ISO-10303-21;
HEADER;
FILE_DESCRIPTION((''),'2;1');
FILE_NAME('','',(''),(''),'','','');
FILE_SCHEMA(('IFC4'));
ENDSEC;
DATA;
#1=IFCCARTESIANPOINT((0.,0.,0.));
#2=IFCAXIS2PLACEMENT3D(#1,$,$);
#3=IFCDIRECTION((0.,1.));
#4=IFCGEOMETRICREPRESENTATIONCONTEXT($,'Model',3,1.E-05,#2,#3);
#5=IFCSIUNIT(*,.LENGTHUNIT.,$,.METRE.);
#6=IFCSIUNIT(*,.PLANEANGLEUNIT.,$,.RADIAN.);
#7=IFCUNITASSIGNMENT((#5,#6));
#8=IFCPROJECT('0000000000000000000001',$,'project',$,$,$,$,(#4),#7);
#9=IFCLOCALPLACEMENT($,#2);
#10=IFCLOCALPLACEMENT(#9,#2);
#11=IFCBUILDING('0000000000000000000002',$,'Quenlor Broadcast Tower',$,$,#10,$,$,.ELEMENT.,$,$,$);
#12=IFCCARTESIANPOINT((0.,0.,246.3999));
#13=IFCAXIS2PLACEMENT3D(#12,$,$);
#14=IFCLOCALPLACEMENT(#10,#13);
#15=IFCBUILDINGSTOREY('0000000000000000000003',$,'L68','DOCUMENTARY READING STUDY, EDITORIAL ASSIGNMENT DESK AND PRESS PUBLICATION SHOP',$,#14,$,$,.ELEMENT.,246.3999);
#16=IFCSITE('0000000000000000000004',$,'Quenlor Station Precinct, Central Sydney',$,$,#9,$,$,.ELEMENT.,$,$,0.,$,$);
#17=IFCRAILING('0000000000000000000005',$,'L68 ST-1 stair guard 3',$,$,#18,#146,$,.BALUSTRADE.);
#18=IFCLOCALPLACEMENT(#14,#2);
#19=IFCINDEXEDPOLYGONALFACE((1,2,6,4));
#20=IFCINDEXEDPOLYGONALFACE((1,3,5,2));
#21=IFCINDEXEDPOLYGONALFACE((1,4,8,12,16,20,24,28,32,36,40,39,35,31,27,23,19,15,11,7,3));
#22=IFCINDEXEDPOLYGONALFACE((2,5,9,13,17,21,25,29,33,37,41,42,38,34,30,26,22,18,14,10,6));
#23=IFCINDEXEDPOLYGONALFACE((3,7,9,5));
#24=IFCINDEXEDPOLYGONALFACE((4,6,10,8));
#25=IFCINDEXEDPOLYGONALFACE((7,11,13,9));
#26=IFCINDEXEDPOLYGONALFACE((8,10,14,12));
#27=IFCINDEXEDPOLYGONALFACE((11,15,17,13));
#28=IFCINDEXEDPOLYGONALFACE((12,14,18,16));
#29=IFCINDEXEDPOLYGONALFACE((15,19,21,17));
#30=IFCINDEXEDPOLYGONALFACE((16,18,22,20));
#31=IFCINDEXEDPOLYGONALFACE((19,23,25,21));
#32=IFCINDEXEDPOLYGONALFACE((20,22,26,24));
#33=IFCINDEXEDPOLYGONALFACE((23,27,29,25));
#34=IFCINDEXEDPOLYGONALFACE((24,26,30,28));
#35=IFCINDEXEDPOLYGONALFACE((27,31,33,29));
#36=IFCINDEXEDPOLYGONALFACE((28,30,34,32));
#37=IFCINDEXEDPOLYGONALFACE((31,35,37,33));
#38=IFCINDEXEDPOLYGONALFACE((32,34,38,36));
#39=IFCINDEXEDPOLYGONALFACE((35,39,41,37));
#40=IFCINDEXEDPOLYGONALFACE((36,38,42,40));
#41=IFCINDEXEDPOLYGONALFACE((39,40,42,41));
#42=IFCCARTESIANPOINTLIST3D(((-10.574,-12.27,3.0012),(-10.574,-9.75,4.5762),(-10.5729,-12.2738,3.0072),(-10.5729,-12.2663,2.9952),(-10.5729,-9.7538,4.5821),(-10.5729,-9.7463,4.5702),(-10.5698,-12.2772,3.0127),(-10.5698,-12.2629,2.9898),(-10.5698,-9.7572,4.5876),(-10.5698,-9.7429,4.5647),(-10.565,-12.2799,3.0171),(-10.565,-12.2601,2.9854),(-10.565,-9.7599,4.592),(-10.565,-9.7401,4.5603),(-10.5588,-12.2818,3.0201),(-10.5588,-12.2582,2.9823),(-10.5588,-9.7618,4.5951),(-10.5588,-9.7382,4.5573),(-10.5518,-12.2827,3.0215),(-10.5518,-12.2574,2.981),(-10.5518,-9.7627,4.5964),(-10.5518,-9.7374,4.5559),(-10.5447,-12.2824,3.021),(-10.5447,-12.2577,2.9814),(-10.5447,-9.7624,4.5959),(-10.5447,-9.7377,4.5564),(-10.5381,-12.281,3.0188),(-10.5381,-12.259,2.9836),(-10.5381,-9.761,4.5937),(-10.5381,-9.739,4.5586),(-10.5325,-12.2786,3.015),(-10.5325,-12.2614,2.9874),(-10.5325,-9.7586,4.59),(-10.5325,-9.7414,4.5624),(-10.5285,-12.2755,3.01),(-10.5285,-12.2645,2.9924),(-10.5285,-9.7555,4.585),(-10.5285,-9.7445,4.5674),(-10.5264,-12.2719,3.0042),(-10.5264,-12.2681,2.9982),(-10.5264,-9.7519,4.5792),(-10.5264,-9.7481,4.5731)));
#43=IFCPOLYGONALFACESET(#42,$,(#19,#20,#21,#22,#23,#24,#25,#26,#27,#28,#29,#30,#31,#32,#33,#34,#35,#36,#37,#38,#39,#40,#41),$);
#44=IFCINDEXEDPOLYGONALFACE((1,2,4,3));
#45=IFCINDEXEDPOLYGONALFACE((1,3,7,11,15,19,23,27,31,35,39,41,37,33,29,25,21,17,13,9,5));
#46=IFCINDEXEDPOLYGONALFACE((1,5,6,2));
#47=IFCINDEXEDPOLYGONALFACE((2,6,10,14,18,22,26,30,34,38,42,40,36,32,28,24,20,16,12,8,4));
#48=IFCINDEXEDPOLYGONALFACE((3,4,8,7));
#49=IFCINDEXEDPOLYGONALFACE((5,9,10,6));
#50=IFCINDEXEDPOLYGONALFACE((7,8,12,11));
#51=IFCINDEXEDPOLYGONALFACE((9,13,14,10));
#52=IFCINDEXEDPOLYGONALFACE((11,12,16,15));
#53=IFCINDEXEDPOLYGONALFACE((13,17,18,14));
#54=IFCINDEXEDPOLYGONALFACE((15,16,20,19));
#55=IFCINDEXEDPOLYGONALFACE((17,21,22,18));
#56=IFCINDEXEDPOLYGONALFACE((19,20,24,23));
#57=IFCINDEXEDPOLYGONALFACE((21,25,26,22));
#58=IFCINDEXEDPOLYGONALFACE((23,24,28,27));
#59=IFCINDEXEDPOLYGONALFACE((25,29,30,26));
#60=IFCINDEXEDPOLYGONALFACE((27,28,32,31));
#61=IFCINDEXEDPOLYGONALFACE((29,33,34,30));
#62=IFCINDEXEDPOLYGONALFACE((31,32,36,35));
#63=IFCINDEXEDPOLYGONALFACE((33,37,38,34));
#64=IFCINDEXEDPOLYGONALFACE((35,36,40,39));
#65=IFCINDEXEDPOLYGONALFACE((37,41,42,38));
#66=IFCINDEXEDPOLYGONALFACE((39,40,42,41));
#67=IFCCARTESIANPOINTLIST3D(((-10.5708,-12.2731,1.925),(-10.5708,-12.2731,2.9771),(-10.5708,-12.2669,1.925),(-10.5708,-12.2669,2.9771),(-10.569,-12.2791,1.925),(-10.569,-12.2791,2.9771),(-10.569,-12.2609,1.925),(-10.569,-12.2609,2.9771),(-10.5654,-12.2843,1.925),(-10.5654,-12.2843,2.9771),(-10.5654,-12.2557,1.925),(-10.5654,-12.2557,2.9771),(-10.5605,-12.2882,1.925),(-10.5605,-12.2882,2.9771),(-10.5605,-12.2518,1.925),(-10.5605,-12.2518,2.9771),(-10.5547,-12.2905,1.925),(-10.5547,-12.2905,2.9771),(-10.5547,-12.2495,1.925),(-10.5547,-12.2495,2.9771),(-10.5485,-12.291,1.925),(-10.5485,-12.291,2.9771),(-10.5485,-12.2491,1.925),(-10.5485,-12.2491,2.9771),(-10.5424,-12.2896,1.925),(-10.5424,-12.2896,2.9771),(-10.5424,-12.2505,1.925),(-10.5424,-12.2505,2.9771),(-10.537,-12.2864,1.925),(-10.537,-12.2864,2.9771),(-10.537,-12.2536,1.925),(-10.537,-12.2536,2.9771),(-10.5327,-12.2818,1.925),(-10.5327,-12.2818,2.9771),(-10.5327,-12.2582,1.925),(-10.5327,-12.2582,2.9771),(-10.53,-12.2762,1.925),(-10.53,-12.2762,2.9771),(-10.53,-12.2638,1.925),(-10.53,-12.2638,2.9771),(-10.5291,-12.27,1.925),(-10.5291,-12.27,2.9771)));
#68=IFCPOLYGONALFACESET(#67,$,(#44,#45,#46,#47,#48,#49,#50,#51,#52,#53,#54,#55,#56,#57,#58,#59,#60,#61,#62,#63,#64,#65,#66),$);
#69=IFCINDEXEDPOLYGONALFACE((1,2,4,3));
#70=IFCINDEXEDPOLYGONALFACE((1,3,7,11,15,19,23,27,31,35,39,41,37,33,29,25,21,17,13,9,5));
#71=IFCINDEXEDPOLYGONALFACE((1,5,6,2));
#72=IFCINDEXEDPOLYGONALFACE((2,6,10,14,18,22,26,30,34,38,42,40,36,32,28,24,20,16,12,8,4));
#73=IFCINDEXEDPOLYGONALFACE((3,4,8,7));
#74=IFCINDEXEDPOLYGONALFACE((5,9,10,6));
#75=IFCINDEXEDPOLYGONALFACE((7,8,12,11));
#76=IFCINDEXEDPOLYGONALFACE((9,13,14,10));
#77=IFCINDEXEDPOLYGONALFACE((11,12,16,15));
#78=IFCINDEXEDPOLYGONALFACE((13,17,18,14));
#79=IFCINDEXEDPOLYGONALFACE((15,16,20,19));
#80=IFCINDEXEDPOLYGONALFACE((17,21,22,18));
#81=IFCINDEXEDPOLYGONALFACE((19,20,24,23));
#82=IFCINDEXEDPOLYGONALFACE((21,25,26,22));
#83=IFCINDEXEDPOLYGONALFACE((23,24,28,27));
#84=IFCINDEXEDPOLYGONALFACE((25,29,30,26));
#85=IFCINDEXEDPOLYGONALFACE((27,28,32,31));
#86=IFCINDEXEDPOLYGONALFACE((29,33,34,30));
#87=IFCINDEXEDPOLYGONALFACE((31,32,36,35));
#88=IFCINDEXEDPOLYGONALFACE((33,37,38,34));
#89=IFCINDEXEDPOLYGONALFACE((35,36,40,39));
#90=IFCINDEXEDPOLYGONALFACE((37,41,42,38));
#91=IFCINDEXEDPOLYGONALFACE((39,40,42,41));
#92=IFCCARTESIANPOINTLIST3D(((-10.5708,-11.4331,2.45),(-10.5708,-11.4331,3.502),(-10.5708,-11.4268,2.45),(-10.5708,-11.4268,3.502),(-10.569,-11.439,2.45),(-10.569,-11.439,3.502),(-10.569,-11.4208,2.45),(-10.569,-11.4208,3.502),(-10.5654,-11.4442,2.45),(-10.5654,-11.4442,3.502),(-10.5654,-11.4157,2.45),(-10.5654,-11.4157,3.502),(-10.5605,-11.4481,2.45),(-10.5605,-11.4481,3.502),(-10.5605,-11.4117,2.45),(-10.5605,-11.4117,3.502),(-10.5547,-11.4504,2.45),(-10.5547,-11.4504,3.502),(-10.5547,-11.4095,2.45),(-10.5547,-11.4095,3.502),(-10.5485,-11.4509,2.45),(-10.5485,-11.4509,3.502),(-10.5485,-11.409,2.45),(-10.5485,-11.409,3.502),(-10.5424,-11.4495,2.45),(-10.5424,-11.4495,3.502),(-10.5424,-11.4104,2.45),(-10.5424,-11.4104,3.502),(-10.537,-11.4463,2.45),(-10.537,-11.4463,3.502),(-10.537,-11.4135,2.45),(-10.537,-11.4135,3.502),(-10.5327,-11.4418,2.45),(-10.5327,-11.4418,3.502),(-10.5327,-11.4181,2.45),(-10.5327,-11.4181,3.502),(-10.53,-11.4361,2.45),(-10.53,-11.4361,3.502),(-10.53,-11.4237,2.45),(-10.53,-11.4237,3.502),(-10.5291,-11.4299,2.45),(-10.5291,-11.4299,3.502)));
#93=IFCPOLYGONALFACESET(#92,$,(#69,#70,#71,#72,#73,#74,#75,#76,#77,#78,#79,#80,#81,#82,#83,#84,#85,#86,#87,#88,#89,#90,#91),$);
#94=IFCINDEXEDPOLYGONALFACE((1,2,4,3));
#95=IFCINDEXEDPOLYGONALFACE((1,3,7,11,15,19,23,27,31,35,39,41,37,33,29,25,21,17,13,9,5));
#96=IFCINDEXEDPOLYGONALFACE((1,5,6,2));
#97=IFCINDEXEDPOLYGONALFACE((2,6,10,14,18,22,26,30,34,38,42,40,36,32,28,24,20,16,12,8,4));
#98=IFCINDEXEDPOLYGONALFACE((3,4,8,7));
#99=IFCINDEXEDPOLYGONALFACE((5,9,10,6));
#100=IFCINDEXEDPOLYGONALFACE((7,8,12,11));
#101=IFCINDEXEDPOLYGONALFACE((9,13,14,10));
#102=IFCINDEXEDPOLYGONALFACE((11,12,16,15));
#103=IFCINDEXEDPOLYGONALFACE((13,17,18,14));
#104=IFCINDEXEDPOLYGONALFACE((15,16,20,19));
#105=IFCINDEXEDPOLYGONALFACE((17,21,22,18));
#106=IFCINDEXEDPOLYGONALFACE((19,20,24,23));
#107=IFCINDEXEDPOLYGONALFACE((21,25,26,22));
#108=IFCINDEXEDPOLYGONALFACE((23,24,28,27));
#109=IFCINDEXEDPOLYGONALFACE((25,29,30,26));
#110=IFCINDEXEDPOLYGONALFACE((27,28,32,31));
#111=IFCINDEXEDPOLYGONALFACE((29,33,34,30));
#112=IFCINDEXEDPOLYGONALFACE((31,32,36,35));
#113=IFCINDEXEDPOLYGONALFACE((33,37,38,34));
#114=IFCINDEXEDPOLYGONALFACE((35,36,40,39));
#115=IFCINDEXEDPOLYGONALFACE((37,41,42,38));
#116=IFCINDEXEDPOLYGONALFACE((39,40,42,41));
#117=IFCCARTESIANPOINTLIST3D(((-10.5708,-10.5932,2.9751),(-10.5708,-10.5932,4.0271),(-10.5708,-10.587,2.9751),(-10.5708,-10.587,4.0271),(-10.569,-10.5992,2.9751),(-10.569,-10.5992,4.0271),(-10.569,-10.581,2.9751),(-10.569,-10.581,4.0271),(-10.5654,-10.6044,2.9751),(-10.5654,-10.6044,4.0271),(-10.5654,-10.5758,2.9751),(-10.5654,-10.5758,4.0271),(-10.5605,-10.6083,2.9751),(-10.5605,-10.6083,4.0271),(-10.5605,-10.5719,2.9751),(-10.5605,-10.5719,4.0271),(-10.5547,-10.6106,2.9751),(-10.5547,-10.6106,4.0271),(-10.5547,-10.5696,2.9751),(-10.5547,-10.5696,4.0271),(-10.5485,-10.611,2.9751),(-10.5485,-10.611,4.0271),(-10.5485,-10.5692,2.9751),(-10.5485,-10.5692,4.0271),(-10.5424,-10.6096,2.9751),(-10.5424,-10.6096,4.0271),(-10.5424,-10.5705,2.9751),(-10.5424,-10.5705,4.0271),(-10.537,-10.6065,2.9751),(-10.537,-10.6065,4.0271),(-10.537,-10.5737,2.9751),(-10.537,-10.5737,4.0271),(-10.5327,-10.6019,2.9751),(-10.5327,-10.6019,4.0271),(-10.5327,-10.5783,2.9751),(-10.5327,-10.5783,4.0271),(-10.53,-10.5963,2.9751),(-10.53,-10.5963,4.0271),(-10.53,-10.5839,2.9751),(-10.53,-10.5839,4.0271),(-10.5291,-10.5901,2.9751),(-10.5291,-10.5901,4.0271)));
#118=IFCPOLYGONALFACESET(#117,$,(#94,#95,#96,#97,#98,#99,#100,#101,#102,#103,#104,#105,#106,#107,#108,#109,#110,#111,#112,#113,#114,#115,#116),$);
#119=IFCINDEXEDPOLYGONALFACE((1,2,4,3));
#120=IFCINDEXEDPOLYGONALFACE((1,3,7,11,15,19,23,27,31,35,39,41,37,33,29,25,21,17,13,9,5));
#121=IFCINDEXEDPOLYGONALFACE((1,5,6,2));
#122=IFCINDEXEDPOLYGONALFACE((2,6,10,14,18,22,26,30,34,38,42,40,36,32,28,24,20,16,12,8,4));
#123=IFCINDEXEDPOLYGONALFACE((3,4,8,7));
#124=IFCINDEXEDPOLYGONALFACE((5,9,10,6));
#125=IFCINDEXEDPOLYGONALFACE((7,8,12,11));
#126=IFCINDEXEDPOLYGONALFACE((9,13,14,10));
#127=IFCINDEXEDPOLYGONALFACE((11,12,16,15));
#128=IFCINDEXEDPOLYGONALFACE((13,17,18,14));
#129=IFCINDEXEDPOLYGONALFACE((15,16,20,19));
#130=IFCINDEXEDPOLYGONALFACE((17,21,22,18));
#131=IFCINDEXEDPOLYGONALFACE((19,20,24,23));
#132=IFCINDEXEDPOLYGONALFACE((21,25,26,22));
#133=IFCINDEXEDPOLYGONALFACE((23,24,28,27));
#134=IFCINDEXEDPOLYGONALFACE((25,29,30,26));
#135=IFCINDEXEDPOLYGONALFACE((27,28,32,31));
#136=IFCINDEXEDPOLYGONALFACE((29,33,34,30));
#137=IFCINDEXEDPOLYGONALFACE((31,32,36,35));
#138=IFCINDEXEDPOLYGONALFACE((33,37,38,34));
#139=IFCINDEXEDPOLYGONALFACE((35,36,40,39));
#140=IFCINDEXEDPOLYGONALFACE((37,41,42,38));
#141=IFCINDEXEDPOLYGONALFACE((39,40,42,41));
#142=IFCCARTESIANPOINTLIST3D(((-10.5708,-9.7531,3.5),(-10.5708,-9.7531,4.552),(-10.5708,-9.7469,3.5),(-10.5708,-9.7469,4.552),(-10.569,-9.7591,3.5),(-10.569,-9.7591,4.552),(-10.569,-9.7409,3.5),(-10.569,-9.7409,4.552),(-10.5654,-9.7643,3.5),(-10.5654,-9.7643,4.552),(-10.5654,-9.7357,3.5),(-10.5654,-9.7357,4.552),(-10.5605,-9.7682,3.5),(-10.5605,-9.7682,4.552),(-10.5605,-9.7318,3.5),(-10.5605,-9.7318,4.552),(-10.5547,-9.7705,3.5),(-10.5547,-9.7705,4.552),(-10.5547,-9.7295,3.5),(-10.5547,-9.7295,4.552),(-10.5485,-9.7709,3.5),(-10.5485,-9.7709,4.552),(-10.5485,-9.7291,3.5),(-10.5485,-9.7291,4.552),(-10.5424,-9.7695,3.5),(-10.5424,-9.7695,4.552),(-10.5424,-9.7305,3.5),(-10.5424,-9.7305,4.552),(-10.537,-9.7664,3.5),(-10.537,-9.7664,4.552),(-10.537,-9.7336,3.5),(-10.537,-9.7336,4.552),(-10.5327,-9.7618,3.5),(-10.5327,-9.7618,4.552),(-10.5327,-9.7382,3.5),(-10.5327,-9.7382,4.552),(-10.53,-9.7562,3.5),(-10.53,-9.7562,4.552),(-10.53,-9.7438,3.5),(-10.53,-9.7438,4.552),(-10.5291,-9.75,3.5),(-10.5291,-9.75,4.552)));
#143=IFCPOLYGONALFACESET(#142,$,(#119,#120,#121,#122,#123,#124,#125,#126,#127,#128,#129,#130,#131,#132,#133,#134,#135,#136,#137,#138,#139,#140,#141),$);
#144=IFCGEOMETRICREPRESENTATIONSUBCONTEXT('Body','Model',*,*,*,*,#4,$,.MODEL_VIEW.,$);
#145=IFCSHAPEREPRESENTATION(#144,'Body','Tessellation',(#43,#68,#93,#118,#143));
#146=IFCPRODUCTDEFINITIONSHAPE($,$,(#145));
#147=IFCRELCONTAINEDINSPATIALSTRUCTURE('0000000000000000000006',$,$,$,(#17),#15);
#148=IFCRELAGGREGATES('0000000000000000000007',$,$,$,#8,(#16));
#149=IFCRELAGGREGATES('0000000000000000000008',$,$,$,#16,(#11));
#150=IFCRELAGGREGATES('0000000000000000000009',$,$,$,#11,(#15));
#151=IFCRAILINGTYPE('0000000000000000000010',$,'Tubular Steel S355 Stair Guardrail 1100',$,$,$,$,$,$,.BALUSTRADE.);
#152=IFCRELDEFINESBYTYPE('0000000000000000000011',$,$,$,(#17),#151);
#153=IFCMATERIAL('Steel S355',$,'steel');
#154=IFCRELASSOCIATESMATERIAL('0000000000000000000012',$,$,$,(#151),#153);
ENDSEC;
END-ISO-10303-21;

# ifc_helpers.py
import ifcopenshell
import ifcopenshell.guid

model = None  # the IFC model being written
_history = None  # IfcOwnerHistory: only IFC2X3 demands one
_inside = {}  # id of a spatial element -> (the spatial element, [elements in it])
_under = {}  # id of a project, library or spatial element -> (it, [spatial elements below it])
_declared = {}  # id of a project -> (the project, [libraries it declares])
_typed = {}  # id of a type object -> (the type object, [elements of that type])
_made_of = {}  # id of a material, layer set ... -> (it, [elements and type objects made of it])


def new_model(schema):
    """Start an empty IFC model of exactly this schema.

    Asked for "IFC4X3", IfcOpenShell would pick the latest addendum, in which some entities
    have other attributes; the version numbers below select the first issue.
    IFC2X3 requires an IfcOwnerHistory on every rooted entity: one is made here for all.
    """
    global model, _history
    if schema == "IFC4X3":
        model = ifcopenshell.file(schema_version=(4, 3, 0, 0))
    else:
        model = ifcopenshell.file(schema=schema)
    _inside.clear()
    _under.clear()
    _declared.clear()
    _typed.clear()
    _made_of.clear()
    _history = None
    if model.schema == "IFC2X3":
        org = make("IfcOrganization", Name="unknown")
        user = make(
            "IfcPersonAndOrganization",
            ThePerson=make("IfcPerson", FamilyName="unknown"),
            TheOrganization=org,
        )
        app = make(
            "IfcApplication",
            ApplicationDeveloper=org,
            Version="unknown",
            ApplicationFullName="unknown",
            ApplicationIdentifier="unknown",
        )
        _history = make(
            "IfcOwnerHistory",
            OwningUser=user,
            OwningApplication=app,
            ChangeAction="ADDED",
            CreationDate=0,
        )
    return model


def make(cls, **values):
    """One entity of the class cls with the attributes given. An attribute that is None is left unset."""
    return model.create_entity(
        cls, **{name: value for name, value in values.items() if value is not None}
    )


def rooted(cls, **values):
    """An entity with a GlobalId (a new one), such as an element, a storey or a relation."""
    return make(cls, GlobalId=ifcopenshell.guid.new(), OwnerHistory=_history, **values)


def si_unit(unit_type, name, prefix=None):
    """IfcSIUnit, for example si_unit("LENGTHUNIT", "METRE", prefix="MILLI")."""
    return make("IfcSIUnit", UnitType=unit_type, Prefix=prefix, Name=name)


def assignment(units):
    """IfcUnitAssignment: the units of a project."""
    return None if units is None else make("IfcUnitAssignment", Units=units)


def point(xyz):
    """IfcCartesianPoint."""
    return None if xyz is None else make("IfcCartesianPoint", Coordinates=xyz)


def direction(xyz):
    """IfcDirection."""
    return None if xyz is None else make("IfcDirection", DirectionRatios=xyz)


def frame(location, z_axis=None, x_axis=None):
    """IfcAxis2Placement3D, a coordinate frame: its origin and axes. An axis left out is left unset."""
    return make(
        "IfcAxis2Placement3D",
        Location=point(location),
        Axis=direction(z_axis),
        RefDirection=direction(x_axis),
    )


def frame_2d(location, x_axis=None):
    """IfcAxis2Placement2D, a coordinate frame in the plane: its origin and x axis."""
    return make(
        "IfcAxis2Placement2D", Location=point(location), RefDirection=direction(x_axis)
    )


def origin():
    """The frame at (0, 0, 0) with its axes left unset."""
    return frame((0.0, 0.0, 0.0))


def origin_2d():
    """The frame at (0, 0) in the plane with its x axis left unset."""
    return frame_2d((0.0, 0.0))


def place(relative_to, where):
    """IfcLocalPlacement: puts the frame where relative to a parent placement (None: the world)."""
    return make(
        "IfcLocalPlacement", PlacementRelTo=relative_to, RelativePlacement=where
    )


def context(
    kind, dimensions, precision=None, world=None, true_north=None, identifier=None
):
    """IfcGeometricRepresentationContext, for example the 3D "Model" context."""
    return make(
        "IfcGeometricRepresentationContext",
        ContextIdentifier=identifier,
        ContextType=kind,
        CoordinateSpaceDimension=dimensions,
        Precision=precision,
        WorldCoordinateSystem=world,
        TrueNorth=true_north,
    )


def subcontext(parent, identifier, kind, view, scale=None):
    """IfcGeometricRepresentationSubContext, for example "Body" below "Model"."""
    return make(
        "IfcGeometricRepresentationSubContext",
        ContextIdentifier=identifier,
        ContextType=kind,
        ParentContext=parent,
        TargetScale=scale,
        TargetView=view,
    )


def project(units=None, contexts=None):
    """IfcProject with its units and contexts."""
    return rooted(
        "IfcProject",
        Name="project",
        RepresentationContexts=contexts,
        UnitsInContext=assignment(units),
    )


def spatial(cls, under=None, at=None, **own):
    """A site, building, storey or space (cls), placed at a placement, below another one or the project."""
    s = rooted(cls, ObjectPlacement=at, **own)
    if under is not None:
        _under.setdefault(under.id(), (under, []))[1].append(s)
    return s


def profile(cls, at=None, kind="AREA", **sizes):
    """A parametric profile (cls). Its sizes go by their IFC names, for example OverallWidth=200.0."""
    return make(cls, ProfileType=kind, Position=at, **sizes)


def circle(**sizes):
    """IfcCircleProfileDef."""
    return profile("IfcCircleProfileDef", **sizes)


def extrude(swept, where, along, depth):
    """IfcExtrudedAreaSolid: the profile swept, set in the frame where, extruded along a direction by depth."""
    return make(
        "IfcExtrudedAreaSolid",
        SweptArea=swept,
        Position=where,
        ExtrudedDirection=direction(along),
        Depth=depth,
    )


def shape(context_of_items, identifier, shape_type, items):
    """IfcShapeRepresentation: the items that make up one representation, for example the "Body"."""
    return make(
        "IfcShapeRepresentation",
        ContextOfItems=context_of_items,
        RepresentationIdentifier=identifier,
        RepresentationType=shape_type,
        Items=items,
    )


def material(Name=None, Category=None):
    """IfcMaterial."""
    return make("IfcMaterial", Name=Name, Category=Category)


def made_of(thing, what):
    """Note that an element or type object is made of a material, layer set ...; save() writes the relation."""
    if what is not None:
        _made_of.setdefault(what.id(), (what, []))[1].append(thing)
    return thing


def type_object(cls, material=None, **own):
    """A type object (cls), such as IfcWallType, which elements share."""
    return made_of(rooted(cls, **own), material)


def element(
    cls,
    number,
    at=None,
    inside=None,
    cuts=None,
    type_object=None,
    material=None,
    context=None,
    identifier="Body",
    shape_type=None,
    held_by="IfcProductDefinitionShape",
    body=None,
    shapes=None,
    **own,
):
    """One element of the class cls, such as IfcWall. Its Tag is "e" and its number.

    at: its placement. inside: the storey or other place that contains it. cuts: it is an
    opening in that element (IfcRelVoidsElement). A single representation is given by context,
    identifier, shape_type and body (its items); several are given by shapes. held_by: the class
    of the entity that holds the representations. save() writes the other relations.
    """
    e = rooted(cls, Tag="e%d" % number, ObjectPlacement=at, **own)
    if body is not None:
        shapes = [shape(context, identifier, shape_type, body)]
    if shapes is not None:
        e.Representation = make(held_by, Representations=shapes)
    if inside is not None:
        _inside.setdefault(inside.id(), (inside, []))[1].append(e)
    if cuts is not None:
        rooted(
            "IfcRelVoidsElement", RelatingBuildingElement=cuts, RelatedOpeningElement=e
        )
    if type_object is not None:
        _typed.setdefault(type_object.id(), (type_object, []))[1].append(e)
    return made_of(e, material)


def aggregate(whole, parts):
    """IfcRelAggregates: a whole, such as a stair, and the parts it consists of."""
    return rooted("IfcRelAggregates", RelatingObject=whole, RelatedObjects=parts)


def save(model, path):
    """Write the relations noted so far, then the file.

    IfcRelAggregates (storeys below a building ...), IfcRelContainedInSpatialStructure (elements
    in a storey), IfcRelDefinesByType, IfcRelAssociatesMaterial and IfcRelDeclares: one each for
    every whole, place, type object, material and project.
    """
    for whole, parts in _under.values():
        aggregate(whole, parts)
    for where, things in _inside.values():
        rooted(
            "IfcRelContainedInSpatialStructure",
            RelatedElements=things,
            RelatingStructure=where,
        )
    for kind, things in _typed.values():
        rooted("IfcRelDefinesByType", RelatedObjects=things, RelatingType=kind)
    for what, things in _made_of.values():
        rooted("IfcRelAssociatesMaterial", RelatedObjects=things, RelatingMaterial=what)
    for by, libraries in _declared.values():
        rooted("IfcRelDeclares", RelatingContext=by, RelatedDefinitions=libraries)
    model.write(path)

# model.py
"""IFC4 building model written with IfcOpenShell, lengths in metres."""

from ifc_helpers import new_model, si_unit, direction, frame, origin, origin_2d, place, context, subcontext, project, spatial, circle, extrude, material, type_object, element, save


model = new_model("IFC4")

# Units and contexts
model_context = context("Model", 3, precision=1e-05, world=origin(), true_north=direction((0.0, 1.0)))
body_context = subcontext(model_context, "Body", "Model", "MODEL_VIEW")
ifc_project = project(units=[si_unit("LENGTHUNIT", "METRE"), si_unit("PLANEANGLEUNIT", "RADIAN")], contexts=[model_context])

# Site, building, storey
site_placement = place(None, origin())
site = spatial("IfcSite", under=ifc_project, at=site_placement, Name="Quenlor Station Precinct, Central Sydney", CompositionType="ELEMENT", RefElevation=0.0)
building_placement = place(site_placement, origin())
building = spatial("IfcBuilding", under=site, at=building_placement, Name="Quenlor Broadcast Tower", CompositionType="ELEMENT")
storey_placement = place(building_placement, frame((0.0, 0.0, 246.3999)))
storey = spatial("IfcBuildingStorey", under=building, at=storey_placement, Name="L68", Description="DOCUMENTARY READING STUDY, EDITORIAL ASSIGNMENT DESK AND PRESS PUBLICATION SHOP", CompositionType="ELEMENT", Elevation=246.3999)

# Railing
ifc_material_1 = material(Name="Steel S355", Category="steel")
railing_type_1 = type_object("IfcRailingType", Name="Tubular Steel S355 Stair Guardrail 1100", PredefinedType="BALUSTRADE", material=ifc_material_1)
railing_1_placement = place(storey_placement, frame((-10.55, -12.27, 1.925)))
element("IfcRailing", 1, at=railing_1_placement, inside=storey, type_object=railing_type_1, Name="L68 ST-1 stair guard 3", PredefinedType="BALUSTRADE", context=body_context, shape_type="SweptSolid", body=[
    extrude(circle(Radius=0.0239, at=origin_2d()), frame((0.0, 0.0, 1.0762), z_axis=(0.0, 0.848008, 0.529984), x_axis=(-1.0, 0.0, 0.0)), (0.0, 0.0, 1.0), 2.9717),
    extrude(circle(Radius=0.021, at=origin_2d()), origin(), (0.0, 0.0, 1.0), 1.052),
    extrude(circle(Radius=0.021, at=origin_2d()), frame((0.0, 0.8401, 0.5249)), (0.0, 0.0, 1.0), 1.052),
    extrude(circle(Radius=0.021, at=origin_2d()), frame((0.0, 1.6799, 1.05)), (0.0, 0.0, 1.0), 1.052),
    extrude(circle(Radius=0.021, at=origin_2d()), frame((0.0, 2.52, 1.575)), (0.0, 0.0, 1.0), 1.052),
])

save(model, "model.ifc")
